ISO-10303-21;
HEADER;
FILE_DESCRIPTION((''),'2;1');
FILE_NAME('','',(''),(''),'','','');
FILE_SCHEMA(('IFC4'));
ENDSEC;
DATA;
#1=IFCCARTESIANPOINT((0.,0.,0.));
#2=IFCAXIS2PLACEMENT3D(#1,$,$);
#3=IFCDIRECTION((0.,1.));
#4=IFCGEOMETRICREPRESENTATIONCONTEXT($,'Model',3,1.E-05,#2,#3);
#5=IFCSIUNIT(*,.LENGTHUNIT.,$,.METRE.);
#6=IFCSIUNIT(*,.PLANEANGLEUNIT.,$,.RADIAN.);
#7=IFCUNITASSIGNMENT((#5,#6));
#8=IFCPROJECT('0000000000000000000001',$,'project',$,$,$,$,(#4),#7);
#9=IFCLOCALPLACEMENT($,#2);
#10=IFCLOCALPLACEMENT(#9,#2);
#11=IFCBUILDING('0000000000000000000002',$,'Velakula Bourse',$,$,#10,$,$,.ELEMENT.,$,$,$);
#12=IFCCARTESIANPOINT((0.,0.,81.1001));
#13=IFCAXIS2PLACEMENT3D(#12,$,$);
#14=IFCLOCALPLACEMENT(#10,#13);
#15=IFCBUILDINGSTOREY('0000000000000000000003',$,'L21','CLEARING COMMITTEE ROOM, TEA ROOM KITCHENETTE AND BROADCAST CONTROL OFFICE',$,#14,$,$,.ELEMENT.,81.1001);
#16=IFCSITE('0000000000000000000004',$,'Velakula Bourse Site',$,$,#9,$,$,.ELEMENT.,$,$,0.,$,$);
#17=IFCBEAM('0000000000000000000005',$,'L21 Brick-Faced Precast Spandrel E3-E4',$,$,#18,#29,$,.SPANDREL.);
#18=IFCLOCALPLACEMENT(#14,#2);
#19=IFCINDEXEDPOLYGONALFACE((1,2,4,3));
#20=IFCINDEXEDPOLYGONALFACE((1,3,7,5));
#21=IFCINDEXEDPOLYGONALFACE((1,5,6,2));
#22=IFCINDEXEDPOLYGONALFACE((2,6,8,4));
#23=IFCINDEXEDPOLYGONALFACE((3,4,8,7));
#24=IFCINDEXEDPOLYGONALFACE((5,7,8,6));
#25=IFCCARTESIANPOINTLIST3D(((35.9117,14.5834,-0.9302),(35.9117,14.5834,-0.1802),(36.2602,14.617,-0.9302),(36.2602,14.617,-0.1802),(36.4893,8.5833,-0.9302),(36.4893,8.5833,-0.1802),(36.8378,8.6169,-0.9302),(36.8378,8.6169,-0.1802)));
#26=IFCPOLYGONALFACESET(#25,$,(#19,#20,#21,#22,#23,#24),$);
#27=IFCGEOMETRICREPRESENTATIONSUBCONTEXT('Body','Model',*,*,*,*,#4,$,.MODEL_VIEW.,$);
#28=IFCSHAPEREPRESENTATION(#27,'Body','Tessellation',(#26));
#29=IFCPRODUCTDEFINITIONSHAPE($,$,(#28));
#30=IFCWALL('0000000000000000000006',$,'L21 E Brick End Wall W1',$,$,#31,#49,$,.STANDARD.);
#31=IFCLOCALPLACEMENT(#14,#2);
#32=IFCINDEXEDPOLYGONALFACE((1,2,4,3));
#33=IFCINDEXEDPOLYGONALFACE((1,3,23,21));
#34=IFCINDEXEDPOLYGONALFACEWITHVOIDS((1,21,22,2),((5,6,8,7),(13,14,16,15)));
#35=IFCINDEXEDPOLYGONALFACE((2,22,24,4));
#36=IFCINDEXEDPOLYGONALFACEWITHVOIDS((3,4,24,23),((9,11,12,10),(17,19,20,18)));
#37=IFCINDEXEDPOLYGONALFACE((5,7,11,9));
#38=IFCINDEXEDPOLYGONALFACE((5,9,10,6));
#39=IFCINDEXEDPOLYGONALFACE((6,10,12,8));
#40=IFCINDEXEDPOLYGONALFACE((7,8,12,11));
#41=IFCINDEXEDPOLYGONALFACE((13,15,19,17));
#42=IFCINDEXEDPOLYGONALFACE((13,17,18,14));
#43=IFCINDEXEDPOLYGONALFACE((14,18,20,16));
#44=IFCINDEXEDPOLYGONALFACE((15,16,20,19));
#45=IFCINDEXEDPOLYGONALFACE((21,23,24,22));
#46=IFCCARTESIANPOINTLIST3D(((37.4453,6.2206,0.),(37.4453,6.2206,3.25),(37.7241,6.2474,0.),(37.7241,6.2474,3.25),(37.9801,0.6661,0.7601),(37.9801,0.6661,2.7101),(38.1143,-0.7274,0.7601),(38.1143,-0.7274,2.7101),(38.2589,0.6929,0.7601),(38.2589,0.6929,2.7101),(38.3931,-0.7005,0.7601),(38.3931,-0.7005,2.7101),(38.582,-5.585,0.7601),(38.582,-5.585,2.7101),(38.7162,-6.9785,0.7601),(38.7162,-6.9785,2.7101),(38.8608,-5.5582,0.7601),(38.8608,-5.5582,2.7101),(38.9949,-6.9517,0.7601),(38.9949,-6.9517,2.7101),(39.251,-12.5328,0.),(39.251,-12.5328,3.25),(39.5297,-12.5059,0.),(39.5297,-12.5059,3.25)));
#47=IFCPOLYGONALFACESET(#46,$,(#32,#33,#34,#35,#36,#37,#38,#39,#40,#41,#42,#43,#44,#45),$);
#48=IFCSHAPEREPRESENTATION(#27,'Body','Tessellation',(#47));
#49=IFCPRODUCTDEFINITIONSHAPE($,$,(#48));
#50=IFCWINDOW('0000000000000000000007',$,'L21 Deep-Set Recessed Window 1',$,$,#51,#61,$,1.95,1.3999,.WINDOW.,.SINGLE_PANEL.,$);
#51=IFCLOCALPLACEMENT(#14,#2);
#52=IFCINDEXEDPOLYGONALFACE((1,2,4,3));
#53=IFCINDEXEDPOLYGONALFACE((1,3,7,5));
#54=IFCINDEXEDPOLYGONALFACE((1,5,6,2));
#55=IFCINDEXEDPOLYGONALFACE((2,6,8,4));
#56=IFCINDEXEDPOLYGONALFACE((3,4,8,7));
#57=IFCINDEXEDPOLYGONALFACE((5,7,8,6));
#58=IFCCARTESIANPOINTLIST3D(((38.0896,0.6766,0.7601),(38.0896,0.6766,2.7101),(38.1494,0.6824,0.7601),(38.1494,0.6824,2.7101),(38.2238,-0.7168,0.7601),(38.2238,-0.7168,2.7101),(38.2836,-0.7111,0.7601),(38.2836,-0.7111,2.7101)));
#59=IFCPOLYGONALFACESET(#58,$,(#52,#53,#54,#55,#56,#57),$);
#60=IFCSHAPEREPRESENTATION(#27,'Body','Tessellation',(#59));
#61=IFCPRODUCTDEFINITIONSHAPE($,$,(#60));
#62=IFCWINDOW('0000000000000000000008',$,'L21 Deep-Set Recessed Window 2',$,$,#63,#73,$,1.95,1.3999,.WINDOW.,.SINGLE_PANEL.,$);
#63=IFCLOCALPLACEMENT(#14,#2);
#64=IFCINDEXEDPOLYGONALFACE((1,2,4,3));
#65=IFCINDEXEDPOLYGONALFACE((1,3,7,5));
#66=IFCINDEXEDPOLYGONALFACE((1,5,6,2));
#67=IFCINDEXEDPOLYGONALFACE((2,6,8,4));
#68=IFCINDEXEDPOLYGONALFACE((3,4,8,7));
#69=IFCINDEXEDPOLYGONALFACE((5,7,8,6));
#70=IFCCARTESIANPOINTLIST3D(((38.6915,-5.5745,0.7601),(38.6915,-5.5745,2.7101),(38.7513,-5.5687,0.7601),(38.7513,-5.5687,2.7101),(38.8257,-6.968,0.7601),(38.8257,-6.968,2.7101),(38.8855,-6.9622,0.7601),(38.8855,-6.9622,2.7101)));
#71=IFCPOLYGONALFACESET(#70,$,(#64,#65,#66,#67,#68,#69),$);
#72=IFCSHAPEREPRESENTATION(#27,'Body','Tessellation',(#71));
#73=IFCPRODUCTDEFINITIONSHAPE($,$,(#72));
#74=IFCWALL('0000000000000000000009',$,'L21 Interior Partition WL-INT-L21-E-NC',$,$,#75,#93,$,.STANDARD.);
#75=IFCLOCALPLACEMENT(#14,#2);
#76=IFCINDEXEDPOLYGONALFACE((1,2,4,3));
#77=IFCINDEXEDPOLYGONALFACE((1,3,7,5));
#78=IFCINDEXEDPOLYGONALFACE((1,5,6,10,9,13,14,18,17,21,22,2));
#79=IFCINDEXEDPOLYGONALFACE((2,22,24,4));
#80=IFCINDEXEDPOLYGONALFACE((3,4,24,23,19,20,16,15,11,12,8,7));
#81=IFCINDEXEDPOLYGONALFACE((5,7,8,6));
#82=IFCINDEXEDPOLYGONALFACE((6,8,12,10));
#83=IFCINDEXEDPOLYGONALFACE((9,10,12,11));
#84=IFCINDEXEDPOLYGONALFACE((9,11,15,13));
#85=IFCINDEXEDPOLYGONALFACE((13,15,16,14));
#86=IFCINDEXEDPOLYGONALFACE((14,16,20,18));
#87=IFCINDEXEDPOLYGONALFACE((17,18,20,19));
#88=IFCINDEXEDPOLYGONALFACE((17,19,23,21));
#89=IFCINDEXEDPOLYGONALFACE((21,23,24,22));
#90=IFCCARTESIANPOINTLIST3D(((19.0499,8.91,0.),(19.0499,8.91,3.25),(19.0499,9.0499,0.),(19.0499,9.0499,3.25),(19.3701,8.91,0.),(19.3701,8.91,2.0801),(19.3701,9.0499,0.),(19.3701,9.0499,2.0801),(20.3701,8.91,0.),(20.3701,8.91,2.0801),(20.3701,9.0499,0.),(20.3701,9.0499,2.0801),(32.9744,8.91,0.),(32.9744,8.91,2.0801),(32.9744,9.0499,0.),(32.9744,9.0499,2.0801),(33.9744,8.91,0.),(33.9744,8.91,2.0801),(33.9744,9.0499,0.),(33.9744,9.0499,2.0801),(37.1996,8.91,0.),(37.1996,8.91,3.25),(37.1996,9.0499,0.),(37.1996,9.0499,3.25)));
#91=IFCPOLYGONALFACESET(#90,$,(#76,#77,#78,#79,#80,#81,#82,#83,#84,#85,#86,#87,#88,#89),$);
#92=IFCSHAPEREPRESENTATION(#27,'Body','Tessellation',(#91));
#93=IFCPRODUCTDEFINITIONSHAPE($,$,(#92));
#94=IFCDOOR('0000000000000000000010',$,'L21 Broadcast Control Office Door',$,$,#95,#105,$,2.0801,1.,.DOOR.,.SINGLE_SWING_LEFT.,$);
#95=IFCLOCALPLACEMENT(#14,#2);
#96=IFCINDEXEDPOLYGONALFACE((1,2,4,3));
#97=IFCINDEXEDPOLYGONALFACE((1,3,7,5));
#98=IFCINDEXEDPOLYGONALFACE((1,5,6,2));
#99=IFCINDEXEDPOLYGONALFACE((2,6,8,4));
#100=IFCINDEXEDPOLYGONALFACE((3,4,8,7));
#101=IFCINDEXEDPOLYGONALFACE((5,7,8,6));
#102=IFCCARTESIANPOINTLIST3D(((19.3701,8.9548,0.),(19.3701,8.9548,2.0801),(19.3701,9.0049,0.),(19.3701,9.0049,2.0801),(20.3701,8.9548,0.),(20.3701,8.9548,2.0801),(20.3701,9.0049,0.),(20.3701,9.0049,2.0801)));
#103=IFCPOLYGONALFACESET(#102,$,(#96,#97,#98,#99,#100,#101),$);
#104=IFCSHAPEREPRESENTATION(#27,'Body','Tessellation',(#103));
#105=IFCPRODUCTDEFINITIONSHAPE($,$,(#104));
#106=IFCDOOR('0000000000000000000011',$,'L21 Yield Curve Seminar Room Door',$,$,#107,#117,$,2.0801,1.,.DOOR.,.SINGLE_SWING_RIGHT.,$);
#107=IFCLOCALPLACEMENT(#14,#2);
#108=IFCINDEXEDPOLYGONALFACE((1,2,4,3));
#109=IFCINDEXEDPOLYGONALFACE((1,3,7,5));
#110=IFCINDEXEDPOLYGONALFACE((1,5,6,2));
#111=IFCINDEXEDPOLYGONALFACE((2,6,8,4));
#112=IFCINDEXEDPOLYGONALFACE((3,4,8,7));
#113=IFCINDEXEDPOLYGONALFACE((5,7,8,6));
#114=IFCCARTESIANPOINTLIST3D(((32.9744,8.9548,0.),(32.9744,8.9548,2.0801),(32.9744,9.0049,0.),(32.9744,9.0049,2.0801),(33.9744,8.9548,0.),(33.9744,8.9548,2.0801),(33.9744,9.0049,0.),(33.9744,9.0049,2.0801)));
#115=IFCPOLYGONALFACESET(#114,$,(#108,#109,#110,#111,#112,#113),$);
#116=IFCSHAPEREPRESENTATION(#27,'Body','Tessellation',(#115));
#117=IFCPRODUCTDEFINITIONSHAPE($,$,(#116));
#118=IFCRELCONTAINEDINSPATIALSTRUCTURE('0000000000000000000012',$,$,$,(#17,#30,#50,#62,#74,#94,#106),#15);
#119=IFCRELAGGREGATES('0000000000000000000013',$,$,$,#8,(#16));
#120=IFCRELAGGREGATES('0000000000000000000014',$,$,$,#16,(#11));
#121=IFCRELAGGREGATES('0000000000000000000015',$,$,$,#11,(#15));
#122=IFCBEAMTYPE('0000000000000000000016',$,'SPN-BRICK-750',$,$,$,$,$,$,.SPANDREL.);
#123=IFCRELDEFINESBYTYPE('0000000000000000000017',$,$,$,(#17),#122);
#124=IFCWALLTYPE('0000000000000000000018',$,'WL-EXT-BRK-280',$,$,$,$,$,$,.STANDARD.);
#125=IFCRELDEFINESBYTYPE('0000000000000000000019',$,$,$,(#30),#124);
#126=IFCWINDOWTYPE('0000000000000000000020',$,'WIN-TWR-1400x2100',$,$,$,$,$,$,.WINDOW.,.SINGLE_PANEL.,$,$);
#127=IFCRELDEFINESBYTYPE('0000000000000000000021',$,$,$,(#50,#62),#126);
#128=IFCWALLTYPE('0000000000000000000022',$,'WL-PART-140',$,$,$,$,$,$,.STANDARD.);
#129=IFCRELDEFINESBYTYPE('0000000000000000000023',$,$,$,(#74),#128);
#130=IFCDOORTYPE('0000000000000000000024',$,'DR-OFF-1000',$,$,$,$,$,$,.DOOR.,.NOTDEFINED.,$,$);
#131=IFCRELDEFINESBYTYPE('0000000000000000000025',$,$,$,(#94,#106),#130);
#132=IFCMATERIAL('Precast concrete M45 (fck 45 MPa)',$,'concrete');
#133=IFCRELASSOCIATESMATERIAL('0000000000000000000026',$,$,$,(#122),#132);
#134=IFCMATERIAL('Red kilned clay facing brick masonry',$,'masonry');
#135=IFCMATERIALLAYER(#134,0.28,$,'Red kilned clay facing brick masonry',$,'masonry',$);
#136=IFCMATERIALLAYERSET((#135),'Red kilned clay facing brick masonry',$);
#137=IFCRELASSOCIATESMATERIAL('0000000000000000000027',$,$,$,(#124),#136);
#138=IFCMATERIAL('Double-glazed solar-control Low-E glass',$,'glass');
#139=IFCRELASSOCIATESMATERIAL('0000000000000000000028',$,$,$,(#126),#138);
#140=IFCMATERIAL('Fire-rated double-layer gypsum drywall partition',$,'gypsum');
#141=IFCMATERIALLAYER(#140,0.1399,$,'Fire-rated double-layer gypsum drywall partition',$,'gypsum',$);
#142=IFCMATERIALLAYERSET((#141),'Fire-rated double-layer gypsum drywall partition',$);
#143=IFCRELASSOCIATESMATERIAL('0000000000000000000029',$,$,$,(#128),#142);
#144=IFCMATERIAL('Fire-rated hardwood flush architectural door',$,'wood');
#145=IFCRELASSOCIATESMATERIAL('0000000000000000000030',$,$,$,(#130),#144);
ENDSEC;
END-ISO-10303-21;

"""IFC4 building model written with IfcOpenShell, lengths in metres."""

from ifc_helpers import new_model, si_unit, direction, frame, frame_2d, origin, origin_2d, place, context, subcontext, project, spatial, rectangle, extrude, material, layer, layer_set, material_profile, profile_set, type_object, element, fill, save


model = new_model("IFC4")

# Units and contexts
model_context = context("Model", 3, precision=1e-05, world=origin(), true_north=direction((0.0, 1.0)))
body_context = subcontext(model_context, "Body", "Model", "MODEL_VIEW")
ifc_project = project(units=[si_unit("LENGTHUNIT", "METRE"), si_unit("PLANEANGLEUNIT", "RADIAN")], contexts=[model_context])

# Site, building, storey
site_placement = place(None, origin())
site = spatial("IfcSite", under=ifc_project, at=site_placement, Name="Velakula Bourse Site", CompositionType="ELEMENT", RefElevation=0.0)
building_placement = place(site_placement, origin())
building = spatial("IfcBuilding", under=site, at=building_placement, Name="Velakula Bourse", CompositionType="ELEMENT")
storey_placement = place(building_placement, frame((0.0, 0.0, 81.1001)))
storey = spatial("IfcBuildingStorey", under=building, at=storey_placement, Name="L21", Description="CLEARING COMMITTEE ROOM, TEA ROOM KITCHENETTE AND BROADCAST CONTROL OFFICE", CompositionType="ELEMENT", Elevation=81.1001)

# Beam
ifc_material_1 = material(Name="Precast concrete M45 (fck 45 MPa)", Category="concrete")
ifc_material_profile_1 = material_profile(ifc_material_1, rectangle(XDim=0.3501, YDim=0.75, at=origin_2d()), Name="Precast concrete M45 (fck 45 MPa)")
ifc_profile_set_1 = profile_set([ifc_material_profile_1], Name="Precast concrete M45 (fck 45 MPa)")
beam_type_1 = type_object("IfcBeamType", Name="SPN-BRICK-750", PredefinedType="SPANDREL", material=ifc_profile_set_1)
beam_1_placement = place(storey_placement, frame((36.6636, 8.6001, -0.5552), z_axis=(-0.09583, 0.995398, 0.0), x_axis=(-0.995398, -0.09583, 0.0)))
element("IfcBeam", 1, at=beam_1_placement, inside=storey, type_object=beam_type_1, Name="L21 Brick-Faced Precast Spandrel E3-E4", PredefinedType="SPANDREL", context=body_context, shape_type="SweptSolid", body=[
    extrude(rectangle(XDim=0.3501, YDim=0.75, at=origin_2d()), origin(), (0.0, 0.0, 1.0), 6.0278),
])

# Wall, openings, windows
ifc_material_2 = material(Name="Red kilned clay facing brick masonry", Category="masonry")
ifc_layer_1 = layer(ifc_material_2, 0.28, Name="Red kilned clay facing brick masonry", Category="masonry")
ifc_layer_set_1 = layer_set([ifc_layer_1], Name="Red kilned clay facing brick masonry")
wall_type_1 = type_object("IfcWallType", Name="WL-EXT-BRK-280", PredefinedType="STANDARD", material=ifc_layer_set_1)
wall_1_placement = place(storey_placement, frame((37.5847, 6.2339, 0.0), z_axis=(0.0, 0.0, 1.0), x_axis=(0.095841, -0.995397, 0.0)))
wall_1 = element("IfcWall", 2, at=wall_1_placement, inside=storey, type_object=wall_type_1, Name="L21 E Brick End Wall W1", PredefinedType="STANDARD", context=body_context, shape_type="SweptSolid", body=[
    extrude(rectangle(XDim=18.8401, YDim=0.28, at=frame_2d((9.4199, 0.0))), origin(), (0.0, 0.0, 1.0), 3.25),
])
opening_1_placement = place(wall_1_placement, frame((5.5801, 0.0, 0.76)))
opening_1 = element("IfcOpeningElement", 3, at=opening_1_placement, cuts=wall_1, PredefinedType="OPENING", context=body_context, shape_type="SweptSolid", body=[
    extrude(rectangle(XDim=1.3999, YDim=1.95, at=frame_2d((0.7, 0.9751))), frame((0.0, 0.1499, 0.0), z_axis=(0.0, -1.0, 0.0), x_axis=(1.0, 0.0, 0.0)), (0.0, 0.0, 1.0), 0.3),
])
opening_2_placement = place(wall_1_placement, frame((11.8601, 0.0, 0.76)))
opening_2 = element("IfcOpeningElement", 4, at=opening_2_placement, cuts=wall_1, PredefinedType="OPENING", context=body_context, shape_type="SweptSolid", body=[
    extrude(rectangle(XDim=1.3999, YDim=1.95, at=frame_2d((0.7, 0.9751))), frame((0.0, 0.1499, 0.0), z_axis=(0.0, -1.0, 0.0), x_axis=(1.0, 0.0, 0.0)), (0.0, 0.0, 1.0), 0.3),
])
ifc_material_3 = material(Name="Double-glazed solar-control Low-E glass", Category="glass")
window_type = type_object("IfcWindowType", Name="WIN-TWR-1400x2100", PartitioningType="SINGLE_PANEL", PredefinedType="WINDOW", material=ifc_material_3)
window_1_placement = place(opening_1_placement, origin())
window_1 = element("IfcWindow", 5, at=window_1_placement, inside=storey, type_object=window_type, Name="L21 Deep-Set Recessed Window 1", OverallHeight=1.95, OverallWidth=1.3999, PartitioningType="SINGLE_PANEL", PredefinedType="WINDOW", context=body_context, shape_type="SweptSolid", body=[
    extrude(rectangle(XDim=1.3999, YDim=1.95, at=frame_2d((0.7, 0.9751))), frame((0.0, 0.03, 0.0), z_axis=(0.0, -1.0, 0.0), x_axis=(1.0, 0.0, 0.0)), (0.0, 0.0, 1.0), 0.0601),
])
fill(opening_1, window_1)
window_2_placement = place(opening_2_placement, origin())
window_2 = element("IfcWindow", 6, at=window_2_placement, inside=storey, type_object=window_type, Name="L21 Deep-Set Recessed Window 2", OverallHeight=1.95, OverallWidth=1.3999, PartitioningType="SINGLE_PANEL", PredefinedType="WINDOW", context=body_context, shape_type="SweptSolid", body=[
    extrude(rectangle(XDim=1.3999, YDim=1.95, at=frame_2d((0.7, 0.9751))), frame((0.0, 0.03, 0.0), z_axis=(0.0, -1.0, 0.0), x_axis=(1.0, 0.0, 0.0)), (0.0, 0.0, 1.0), 0.0601),
])
fill(opening_2, window_2)

# Wall, openings, doors
ifc_material_4 = material(Name="Fire-rated double-layer gypsum drywall partition", Category="gypsum")
ifc_layer_2 = layer(ifc_material_4, 0.1399, Name="Fire-rated double-layer gypsum drywall partition", Category="gypsum")
ifc_layer_set_2 = layer_set([ifc_layer_2], Name="Fire-rated double-layer gypsum drywall partition")
wall_type_2 = type_object("IfcWallType", Name="WL-PART-140", PredefinedType="STANDARD", material=ifc_layer_set_2)
wall_2_placement = place(storey_placement, frame((19.05, 8.98, 0.0), z_axis=(0.0, 0.0, 1.0), x_axis=(1.0, 0.0, 0.0)))
wall_2 = element("IfcWall", 7, at=wall_2_placement, inside=storey, type_object=wall_type_2, Name="L21 Interior Partition WL-INT-L21-E-NC", PredefinedType="STANDARD", context=body_context, shape_type="SweptSolid", body=[
    extrude(rectangle(XDim=18.1497, YDim=0.1399, at=frame_2d((9.0747, 0.0))), origin(), (0.0, 0.0, 1.0), 3.25),
])
opening_3_placement = place(wall_2_placement, frame((0.3201, 0.0, 0.0)))
opening_3 = element("IfcOpeningElement", 8, at=opening_3_placement, cuts=wall_2, PredefinedType="OPENING", context=body_context, shape_type="SweptSolid", body=[
    extrude(rectangle(XDim=1.0, YDim=2.0801, at=frame_2d((0.5, 1.04))), frame((0.0, 0.0798, 0.0), z_axis=(0.0, -1.0, 0.0), x_axis=(1.0, 0.0, 0.0)), (0.0, 0.0, 1.0), 0.1599),
])
opening_4_placement = place(wall_2_placement, frame((13.9243, 0.0, 0.0)))
opening_4 = element("IfcOpeningElement", 9, at=opening_4_placement, cuts=wall_2, PredefinedType="OPENING", context=body_context, shape_type="SweptSolid", body=[
    extrude(rectangle(XDim=1.0, YDim=2.0801, at=frame_2d((0.5, 1.04))), frame((0.0, 0.0798, 0.0), z_axis=(0.0, -1.0, 0.0), x_axis=(1.0, 0.0, 0.0)), (0.0, 0.0, 1.0), 0.1599),
])
ifc_material_5 = material(Name="Fire-rated hardwood flush architectural door", Category="wood")
door_type = type_object("IfcDoorType", Name="DR-OFF-1000", OperationType="NOTDEFINED", PredefinedType="DOOR", material=ifc_material_5)
door_1_placement = place(opening_3_placement, origin())
door_1 = element("IfcDoor", 10, at=door_1_placement, inside=storey, type_object=door_type, Name="L21 Broadcast Control Office Door", OperationType="SINGLE_SWING_LEFT", OverallHeight=2.0801, OverallWidth=1.0, PredefinedType="DOOR", context=body_context, shape_type="SweptSolid", body=[
    extrude(rectangle(XDim=1.0, YDim=2.0801, at=frame_2d((0.5, 1.04))), frame((0.0, 0.0249, 0.0), z_axis=(0.0, -1.0, 0.0), x_axis=(1.0, 0.0, 0.0)), (0.0, 0.0, 1.0), 0.05),
])
fill(opening_3, door_1)
door_2_placement = place(opening_4_placement, origin())
door_2 = element("IfcDoor", 11, at=door_2_placement, inside=storey, type_object=door_type, Name="L21 Yield Curve Seminar Room Door", OperationType="SINGLE_SWING_RIGHT", OverallHeight=2.0801, OverallWidth=1.0, PredefinedType="DOOR", context=body_context, shape_type="SweptSolid", body=[
    extrude(rectangle(XDim=1.0, YDim=2.0801, at=frame_2d((0.5, 1.04))), frame((0.0, 0.0249, 0.0), z_axis=(0.0, -1.0, 0.0), x_axis=(1.0, 0.0, 0.0)), (0.0, 0.0, 1.0), 0.05),
])
fill(opening_4, door_2)

save(model, "model.ifc")
